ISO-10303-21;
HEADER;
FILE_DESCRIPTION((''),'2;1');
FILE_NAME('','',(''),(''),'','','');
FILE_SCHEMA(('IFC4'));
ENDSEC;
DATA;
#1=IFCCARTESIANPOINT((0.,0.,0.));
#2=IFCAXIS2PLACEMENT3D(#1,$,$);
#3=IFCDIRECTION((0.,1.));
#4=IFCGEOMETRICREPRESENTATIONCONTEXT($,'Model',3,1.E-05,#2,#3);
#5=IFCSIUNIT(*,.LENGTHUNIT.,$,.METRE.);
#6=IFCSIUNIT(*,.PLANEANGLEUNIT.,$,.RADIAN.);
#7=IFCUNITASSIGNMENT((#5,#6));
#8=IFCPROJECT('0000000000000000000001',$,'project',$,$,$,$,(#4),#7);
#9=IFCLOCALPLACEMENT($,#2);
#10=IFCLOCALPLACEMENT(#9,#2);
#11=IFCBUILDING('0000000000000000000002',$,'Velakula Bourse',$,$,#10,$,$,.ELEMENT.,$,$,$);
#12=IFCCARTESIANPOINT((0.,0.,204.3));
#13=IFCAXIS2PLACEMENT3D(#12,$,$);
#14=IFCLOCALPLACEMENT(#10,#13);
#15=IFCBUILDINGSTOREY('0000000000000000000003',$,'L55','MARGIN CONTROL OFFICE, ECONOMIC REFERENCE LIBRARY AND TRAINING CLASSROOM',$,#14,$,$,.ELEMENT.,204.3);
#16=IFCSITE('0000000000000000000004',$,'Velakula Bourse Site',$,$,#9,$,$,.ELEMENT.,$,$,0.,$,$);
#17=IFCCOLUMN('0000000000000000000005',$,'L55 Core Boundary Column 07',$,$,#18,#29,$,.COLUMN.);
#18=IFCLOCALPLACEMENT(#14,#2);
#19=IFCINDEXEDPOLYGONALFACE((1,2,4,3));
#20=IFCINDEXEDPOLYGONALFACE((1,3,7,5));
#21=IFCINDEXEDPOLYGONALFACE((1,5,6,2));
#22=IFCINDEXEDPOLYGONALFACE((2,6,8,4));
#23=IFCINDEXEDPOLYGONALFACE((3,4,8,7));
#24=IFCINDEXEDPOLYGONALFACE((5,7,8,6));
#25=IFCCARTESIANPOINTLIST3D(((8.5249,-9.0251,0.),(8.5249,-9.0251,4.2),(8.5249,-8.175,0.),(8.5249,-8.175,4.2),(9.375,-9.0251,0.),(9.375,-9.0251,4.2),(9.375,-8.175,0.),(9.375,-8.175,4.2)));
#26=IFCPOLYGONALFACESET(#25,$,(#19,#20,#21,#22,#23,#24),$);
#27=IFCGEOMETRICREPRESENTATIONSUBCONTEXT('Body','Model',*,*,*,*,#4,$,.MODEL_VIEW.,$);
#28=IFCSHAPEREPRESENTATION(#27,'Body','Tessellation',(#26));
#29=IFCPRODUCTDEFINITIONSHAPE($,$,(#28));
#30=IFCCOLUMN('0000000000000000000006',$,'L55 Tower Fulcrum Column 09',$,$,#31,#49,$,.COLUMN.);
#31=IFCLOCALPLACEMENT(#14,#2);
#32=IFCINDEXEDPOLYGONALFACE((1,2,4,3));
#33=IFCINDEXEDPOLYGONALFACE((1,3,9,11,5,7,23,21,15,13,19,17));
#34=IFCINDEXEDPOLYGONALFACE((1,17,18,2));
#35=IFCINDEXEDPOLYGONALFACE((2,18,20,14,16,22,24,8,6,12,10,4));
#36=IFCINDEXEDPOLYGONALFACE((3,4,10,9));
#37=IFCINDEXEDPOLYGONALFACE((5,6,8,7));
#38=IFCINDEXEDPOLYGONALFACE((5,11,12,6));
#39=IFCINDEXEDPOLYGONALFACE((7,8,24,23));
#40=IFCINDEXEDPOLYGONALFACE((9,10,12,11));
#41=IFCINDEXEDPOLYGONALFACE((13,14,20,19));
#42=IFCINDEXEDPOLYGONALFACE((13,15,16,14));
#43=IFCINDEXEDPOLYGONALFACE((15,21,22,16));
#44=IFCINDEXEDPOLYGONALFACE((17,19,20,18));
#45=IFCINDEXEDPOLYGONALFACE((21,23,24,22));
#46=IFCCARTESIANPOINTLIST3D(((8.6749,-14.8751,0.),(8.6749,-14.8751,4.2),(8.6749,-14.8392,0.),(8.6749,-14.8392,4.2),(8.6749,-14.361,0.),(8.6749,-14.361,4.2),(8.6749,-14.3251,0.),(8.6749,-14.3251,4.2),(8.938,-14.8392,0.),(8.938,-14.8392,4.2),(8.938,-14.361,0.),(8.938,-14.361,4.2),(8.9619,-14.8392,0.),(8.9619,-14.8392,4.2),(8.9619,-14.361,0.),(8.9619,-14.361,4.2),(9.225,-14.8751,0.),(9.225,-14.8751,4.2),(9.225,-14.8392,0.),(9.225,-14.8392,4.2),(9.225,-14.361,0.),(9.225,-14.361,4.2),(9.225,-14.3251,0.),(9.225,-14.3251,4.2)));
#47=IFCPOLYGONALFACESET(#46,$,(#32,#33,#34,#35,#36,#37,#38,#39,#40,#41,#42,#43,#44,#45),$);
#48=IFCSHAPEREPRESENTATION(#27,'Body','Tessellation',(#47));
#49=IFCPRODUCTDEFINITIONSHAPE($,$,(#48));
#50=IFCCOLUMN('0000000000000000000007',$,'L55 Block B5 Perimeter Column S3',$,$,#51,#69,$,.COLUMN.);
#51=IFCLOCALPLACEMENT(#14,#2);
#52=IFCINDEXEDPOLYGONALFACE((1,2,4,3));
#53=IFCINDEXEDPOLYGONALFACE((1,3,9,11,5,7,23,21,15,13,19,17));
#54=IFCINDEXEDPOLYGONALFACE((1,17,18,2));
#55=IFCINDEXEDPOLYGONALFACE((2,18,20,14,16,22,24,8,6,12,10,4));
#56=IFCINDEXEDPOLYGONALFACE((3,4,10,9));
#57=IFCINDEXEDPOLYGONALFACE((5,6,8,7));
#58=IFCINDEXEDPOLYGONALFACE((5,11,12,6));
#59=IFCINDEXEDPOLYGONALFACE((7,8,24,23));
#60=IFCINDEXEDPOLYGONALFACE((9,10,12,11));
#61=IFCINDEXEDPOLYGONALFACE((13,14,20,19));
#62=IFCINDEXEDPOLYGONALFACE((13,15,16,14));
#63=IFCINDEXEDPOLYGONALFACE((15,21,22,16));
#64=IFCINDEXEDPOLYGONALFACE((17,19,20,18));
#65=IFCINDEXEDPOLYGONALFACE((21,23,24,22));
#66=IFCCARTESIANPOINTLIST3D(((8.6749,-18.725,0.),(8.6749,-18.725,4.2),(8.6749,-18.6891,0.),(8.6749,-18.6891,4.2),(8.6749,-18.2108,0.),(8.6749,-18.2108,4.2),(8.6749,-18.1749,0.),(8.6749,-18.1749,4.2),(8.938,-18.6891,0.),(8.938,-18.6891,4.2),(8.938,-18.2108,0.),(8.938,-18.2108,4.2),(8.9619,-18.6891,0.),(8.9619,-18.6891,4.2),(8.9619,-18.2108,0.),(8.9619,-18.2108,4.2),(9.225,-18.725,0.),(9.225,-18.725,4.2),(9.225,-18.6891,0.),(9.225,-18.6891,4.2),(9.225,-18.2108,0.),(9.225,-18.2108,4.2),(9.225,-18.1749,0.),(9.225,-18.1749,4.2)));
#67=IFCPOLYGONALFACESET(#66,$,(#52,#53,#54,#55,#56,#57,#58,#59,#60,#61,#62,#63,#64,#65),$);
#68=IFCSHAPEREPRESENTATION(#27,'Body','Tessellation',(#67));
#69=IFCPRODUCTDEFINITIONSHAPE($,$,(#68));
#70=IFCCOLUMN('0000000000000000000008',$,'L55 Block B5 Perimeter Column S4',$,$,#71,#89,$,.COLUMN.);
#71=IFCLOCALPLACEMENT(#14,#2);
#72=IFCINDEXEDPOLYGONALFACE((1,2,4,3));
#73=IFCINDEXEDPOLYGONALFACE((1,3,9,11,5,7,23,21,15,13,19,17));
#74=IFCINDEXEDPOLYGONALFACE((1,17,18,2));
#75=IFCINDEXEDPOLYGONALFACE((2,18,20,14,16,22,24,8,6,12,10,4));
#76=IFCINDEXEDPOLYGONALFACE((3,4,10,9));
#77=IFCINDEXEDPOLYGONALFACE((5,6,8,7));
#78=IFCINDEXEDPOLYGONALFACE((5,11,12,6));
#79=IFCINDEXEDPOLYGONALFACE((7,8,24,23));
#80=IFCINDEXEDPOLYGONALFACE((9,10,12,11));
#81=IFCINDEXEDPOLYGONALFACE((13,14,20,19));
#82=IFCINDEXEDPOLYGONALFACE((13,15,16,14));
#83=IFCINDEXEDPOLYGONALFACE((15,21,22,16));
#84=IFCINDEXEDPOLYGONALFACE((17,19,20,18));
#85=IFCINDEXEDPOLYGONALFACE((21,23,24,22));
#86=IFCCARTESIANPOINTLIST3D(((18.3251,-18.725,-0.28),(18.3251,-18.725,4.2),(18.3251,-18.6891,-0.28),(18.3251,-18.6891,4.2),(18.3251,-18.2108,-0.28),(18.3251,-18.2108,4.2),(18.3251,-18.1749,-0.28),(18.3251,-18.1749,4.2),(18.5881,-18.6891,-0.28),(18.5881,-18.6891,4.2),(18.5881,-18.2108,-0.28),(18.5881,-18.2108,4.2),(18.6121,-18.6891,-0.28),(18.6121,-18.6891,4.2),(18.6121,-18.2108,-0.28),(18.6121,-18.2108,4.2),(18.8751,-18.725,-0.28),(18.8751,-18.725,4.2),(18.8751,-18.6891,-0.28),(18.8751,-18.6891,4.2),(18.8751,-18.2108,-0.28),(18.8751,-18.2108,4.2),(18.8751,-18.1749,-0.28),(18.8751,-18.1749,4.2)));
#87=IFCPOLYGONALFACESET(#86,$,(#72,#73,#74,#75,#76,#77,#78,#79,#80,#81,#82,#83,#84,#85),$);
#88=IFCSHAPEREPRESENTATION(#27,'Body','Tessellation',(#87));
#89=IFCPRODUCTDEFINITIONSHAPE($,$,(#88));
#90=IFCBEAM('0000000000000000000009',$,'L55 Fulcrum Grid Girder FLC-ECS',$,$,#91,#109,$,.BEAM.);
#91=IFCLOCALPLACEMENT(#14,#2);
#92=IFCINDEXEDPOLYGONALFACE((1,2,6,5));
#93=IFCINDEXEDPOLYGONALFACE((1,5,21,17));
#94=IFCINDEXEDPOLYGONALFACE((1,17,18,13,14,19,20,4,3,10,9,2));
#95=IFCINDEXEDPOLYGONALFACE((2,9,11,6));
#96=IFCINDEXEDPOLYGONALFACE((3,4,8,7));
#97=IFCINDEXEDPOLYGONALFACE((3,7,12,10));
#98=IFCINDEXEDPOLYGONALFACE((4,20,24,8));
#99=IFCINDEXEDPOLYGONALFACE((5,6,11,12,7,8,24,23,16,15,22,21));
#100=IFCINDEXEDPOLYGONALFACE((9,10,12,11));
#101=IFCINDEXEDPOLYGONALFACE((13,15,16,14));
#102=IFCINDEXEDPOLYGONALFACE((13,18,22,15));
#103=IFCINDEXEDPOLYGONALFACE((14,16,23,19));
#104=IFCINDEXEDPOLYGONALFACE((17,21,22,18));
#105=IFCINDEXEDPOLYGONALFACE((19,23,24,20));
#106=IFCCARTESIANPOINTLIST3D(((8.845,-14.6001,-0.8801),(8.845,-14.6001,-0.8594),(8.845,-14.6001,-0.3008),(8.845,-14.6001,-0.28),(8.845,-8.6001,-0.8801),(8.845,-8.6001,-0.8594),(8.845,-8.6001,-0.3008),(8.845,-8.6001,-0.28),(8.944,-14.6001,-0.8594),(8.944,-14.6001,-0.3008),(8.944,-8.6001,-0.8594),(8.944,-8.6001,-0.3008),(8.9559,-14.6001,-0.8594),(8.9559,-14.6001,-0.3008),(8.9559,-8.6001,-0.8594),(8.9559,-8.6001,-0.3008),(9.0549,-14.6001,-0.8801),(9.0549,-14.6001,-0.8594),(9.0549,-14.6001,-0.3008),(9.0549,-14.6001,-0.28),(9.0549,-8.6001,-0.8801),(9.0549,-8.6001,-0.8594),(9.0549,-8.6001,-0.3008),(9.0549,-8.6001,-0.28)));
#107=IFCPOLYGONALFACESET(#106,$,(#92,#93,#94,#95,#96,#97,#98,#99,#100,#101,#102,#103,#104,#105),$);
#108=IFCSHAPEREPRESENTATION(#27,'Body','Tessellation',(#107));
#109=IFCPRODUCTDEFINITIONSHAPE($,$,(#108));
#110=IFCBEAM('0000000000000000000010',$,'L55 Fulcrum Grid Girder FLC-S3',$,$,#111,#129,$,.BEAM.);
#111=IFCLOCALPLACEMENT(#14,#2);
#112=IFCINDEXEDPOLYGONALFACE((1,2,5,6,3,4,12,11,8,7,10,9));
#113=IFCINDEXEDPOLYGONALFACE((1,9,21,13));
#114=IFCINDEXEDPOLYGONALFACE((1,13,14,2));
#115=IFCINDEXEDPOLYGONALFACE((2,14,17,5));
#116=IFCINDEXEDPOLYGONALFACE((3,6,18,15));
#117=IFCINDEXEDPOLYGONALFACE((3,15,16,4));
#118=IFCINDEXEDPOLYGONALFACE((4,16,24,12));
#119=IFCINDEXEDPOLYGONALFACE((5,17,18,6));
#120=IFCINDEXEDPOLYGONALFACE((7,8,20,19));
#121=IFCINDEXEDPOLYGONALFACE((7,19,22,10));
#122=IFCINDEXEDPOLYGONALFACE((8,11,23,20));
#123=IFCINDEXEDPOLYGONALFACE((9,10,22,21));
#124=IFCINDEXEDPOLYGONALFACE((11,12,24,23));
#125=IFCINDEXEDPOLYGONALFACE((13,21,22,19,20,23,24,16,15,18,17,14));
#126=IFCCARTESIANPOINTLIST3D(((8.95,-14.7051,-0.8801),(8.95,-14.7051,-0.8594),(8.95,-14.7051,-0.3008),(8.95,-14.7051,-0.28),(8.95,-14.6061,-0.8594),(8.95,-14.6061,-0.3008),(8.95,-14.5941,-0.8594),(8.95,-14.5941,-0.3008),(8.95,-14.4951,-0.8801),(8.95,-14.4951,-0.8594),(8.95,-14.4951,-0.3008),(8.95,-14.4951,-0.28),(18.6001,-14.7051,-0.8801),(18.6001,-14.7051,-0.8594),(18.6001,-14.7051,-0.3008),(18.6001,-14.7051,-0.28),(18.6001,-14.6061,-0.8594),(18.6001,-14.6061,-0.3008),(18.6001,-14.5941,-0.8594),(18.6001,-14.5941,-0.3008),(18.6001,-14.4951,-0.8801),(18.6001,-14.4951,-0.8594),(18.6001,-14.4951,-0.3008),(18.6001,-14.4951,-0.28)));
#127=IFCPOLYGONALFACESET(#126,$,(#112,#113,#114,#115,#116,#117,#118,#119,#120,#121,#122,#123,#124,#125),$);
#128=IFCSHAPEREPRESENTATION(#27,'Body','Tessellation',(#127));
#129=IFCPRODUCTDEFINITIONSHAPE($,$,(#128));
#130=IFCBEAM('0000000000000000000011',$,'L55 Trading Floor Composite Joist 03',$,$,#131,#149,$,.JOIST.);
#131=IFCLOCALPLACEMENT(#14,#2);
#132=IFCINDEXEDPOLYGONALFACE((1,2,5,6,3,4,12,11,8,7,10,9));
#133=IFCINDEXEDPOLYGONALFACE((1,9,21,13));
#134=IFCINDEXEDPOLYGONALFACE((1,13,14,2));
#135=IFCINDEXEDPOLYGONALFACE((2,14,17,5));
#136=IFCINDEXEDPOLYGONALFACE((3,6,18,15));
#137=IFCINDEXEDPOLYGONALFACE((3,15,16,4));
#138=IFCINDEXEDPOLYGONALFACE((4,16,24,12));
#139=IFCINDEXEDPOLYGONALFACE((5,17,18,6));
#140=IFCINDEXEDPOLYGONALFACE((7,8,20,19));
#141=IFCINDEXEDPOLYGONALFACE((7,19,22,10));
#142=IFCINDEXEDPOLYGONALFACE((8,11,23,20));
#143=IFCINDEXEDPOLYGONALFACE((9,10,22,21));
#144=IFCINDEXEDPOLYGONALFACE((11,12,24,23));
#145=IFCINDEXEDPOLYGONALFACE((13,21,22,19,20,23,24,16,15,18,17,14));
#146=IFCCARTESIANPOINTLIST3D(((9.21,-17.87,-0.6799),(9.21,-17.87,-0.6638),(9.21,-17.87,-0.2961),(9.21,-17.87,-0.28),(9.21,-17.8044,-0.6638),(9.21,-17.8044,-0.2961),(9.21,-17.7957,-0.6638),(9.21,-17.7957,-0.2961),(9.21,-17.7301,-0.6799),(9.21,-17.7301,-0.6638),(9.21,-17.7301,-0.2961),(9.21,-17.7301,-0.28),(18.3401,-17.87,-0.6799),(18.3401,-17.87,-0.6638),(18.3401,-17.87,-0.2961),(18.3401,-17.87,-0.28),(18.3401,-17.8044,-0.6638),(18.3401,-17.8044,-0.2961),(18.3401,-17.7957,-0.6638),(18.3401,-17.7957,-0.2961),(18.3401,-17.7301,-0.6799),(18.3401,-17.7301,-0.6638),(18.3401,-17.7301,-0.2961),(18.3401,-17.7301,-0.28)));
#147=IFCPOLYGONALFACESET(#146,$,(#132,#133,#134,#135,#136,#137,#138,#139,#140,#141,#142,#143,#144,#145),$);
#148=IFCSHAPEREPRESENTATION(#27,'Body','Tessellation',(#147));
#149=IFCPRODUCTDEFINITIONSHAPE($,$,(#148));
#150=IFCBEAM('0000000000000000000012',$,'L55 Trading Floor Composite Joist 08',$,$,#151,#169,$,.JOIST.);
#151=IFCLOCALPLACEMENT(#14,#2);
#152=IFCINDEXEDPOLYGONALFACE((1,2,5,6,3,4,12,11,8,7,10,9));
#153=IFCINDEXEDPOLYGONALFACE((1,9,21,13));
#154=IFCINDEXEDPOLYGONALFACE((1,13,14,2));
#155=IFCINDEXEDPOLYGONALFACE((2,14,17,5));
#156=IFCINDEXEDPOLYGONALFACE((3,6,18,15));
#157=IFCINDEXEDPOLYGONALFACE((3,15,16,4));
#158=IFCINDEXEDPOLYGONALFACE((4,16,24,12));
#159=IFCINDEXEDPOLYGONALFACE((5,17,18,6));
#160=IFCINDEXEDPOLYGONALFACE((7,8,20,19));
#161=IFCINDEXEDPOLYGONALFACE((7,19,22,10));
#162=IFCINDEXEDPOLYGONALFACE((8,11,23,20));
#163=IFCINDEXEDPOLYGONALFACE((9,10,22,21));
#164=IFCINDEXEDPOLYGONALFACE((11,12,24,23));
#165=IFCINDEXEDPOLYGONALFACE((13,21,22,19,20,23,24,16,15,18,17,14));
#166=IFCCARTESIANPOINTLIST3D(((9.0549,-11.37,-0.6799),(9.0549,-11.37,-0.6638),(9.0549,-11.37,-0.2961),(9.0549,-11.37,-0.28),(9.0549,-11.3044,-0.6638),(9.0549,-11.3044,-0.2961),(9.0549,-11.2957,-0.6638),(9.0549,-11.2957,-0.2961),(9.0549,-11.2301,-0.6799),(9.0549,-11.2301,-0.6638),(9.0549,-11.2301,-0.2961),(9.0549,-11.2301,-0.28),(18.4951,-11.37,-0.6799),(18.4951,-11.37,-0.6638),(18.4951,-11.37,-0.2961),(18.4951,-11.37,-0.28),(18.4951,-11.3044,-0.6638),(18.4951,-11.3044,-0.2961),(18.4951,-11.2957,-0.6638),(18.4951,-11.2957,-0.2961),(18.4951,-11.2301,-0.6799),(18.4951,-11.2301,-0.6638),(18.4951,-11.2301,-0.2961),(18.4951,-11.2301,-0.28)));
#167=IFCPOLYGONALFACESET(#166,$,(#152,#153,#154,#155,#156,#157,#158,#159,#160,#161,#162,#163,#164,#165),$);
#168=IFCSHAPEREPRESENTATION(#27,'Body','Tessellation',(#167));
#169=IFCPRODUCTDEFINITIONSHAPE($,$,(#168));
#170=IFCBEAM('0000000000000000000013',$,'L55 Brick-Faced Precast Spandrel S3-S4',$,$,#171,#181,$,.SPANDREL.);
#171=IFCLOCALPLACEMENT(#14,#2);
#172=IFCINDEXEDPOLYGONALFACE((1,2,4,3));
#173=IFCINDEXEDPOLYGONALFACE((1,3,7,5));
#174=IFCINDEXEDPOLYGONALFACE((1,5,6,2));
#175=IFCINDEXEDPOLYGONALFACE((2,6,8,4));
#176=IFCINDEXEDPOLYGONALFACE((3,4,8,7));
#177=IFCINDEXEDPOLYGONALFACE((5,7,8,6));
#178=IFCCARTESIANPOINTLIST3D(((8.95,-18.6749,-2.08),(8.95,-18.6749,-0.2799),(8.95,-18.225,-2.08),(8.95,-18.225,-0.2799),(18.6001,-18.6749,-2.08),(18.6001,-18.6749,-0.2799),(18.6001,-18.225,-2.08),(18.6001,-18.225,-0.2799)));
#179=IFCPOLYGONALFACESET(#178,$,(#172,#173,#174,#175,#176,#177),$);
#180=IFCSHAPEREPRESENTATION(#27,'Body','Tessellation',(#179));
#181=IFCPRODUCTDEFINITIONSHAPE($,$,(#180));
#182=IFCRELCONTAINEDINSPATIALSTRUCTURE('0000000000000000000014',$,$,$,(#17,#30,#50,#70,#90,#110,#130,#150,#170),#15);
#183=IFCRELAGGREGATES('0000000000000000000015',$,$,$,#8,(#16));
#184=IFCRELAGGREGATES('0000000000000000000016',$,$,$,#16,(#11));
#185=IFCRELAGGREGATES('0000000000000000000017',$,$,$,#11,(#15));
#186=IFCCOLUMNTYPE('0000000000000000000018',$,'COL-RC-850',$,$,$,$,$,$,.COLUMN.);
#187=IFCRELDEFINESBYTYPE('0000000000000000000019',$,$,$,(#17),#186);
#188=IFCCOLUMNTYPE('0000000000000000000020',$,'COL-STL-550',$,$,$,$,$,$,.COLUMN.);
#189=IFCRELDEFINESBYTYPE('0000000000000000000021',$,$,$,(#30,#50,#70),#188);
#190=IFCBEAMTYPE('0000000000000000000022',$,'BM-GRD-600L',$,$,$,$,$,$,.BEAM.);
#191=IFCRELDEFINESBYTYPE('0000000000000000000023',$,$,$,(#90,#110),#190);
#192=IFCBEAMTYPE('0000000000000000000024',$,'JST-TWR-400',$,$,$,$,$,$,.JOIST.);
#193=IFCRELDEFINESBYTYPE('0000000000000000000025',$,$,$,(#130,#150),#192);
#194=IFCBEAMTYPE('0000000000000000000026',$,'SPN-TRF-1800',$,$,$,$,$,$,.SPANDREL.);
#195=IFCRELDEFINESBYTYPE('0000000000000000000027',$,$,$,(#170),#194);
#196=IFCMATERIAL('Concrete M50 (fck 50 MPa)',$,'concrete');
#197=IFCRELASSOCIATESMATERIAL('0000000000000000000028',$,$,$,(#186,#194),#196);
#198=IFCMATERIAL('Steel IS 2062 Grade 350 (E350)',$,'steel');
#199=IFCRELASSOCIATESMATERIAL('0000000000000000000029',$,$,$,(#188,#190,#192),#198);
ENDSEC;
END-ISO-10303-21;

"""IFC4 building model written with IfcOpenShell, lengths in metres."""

from ifc_helpers import new_model, si_unit, direction, frame, origin, origin_2d, place, context, subcontext, project, spatial, rectangle, i_section, extrude, material, material_profile, profile_set, type_object, element, save


model = new_model("IFC4")

# Units and contexts
model_context = context("Model", 3, precision=1e-05, world=origin(), true_north=direction((0.0, 1.0)))
body_context = subcontext(model_context, "Body", "Model", "MODEL_VIEW")
ifc_project = project(units=[si_unit("LENGTHUNIT", "METRE"), si_unit("PLANEANGLEUNIT", "RADIAN")], contexts=[model_context])

# Site, building, storey
site_placement = place(None, origin())
site = spatial("IfcSite", under=ifc_project, at=site_placement, Name="Velakula Bourse Site", CompositionType="ELEMENT", RefElevation=0.0)
building_placement = place(site_placement, origin())
building = spatial("IfcBuilding", under=site, at=building_placement, Name="Velakula Bourse", CompositionType="ELEMENT")
storey_placement = place(building_placement, frame((0.0, 0.0, 204.3)))
storey = spatial("IfcBuildingStorey", under=building, at=storey_placement, Name="L55", Description="MARGIN CONTROL OFFICE, ECONOMIC REFERENCE LIBRARY AND TRAINING CLASSROOM", CompositionType="ELEMENT", Elevation=204.3)

# Columns
ifc_material_1 = material(Name="Concrete M50 (fck 50 MPa)", Category="concrete")
ifc_material_profile_1 = material_profile(ifc_material_1, rectangle(XDim=0.8501, YDim=0.8501, at=origin_2d()), Name="Concrete M50 (fck 50 MPa)")
ifc_profile_set_1 = profile_set([ifc_material_profile_1], Name="Concrete M50 (fck 50 MPa)")
column_type_1 = type_object("IfcColumnType", Name="COL-RC-850", PredefinedType="COLUMN", material=ifc_profile_set_1)
column_1_placement = place(storey_placement, frame((8.95, -8.6001, 0.0), z_axis=(0.0, 0.0, 1.0), x_axis=(1.0, 0.0, 0.0)))
element("IfcColumn", 1, at=column_1_placement, inside=storey, type_object=column_type_1, Name="L55 Core Boundary Column 07", PredefinedType="COLUMN", context=body_context, shape_type="SweptSolid", body=[
    extrude(rectangle(XDim=0.8501, YDim=0.8501, at=origin_2d()), origin(), (0.0, 0.0, 1.0), 4.2),
])
ifc_material_2 = material(Name="Steel IS 2062 Grade 350 (E350)", Category="steel")
ifc_material_profile_2 = material_profile(ifc_material_2, i_section(OverallWidth=0.55, OverallDepth=0.55, WebThickness=0.0239, FlangeThickness=0.0359, at=origin_2d()), Name="Steel IS 2062 Grade 350 (E350)")
ifc_profile_set_2 = profile_set([ifc_material_profile_2], Name="Steel IS 2062 Grade 350 (E350)")
column_type_2 = type_object("IfcColumnType", Name="COL-STL-550", PredefinedType="COLUMN", material=ifc_profile_set_2)
for number, where, z_axis, x_axis, name in (
    (2, (8.95, -14.6001, 0.0), (0.0, 0.0, 1.0), (1.0, 0.0, 0.0), "L55 Tower Fulcrum Column 09"),
    (3, (8.95, -18.45, 0.0), (0.0, 0.0, 1.0), (1.0, 0.0, 0.0), "L55 Block B5 Perimeter Column S3"),
):
    element("IfcColumn", number, at=place(storey_placement, frame(where, z_axis=z_axis, x_axis=x_axis)), inside=storey, type_object=column_type_2, Name=name, PredefinedType="COLUMN", context=body_context, shape_type="SweptSolid", body=[
        extrude(i_section(OverallWidth=0.55, OverallDepth=0.55, WebThickness=0.0239, FlangeThickness=0.0359, at=origin_2d()), origin(), (0.0, 0.0, 1.0), 4.2),
    ])
column_2_placement = place(storey_placement, frame((18.6001, -18.45, -0.28), z_axis=(0.0, 0.0, 1.0), x_axis=(1.0, 0.0, 0.0)))
element("IfcColumn", 4, at=column_2_placement, inside=storey, type_object=column_type_2, Name="L55 Block B5 Perimeter Column S4", PredefinedType="COLUMN", context=body_context, shape_type="SweptSolid", body=[
    extrude(i_section(OverallWidth=0.55, OverallDepth=0.55, WebThickness=0.0239, FlangeThickness=0.0359, at=origin_2d()), origin(), (0.0, 0.0, 1.0), 4.48),
])

# Beams
ifc_material_profile_3 = material_profile(ifc_material_2, i_section(OverallWidth=0.21, OverallDepth=0.6001, WebThickness=0.012, FlangeThickness=0.0208, at=origin_2d()), Name="Steel IS 2062 Grade 350 (E350)")
ifc_profile_set_3 = profile_set([ifc_material_profile_3], Name="Steel IS 2062 Grade 350 (E350)")
beam_type_1 = type_object("IfcBeamType", Name="BM-GRD-600L", PredefinedType="BEAM", material=ifc_profile_set_3)
beam_1_placement = place(storey_placement, frame((8.95, -14.6001, -0.5801), z_axis=(0.0, 1.0, 0.0), x_axis=(-1.0, 0.0, 0.0)))
element("IfcBeam", 5, at=beam_1_placement, inside=storey, type_object=beam_type_1, Name="L55 Fulcrum Grid Girder FLC-ECS", PredefinedType="BEAM", context=body_context, shape_type="SweptSolid", body=[
    extrude(i_section(OverallWidth=0.21, OverallDepth=0.6001, WebThickness=0.012, FlangeThickness=0.0208, at=origin_2d()), origin(), (0.0, 0.0, 1.0), 6.0),
])
beam_2_placement = place(storey_placement, frame((8.95, -14.6001, -0.5801), z_axis=(1.0, 0.0, 0.0), x_axis=(0.0, 1.0, 0.0)))
element("IfcBeam", 6, at=beam_2_placement, inside=storey, type_object=beam_type_1, Name="L55 Fulcrum Grid Girder FLC-S3", PredefinedType="BEAM", context=body_context, shape_type="SweptSolid", body=[
    extrude(i_section(OverallWidth=0.21, OverallDepth=0.6001, WebThickness=0.012, FlangeThickness=0.0208, at=origin_2d()), origin(), (0.0, 0.0, 1.0), 9.6501),
])
ifc_material_profile_4 = material_profile(ifc_material_2, i_section(OverallWidth=0.1399, OverallDepth=0.3999, WebThickness=0.0088, FlangeThickness=0.0161, at=origin_2d()), Name="Steel IS 2062 Grade 350 (E350)")
ifc_profile_set_4 = profile_set([ifc_material_profile_4], Name="Steel IS 2062 Grade 350 (E350)")
beam_type_2 = type_object("IfcBeamType", Name="JST-TWR-400", PredefinedType="JOIST", material=ifc_profile_set_4)
beam_3_placement = place(storey_placement, frame((9.21, -17.8, -0.48), z_axis=(1.0, 0.0, 0.0), x_axis=(0.0, 1.0, 0.0)))
element("IfcBeam", 7, at=beam_3_placement, inside=storey, type_object=beam_type_2, Name="L55 Trading Floor Composite Joist 03", PredefinedType="JOIST", context=body_context, shape_type="SweptSolid", body=[
    extrude(i_section(OverallWidth=0.1399, OverallDepth=0.3999, WebThickness=0.0088, FlangeThickness=0.0161, at=origin_2d()), origin(), (0.0, 0.0, 1.0), 9.1301),
])
beam_4_placement = place(storey_placement, frame((9.0549, -11.3, -0.48), z_axis=(1.0, 0.0, 0.0), x_axis=(0.0, 1.0, 0.0)))
element("IfcBeam", 8, at=beam_4_placement, inside=storey, type_object=beam_type_2, Name="L55 Trading Floor Composite Joist 08", PredefinedType="JOIST", context=body_context, shape_type="SweptSolid", body=[
    extrude(i_section(OverallWidth=0.1399, OverallDepth=0.3999, WebThickness=0.0088, FlangeThickness=0.0161, at=origin_2d()), origin(), (0.0, 0.0, 1.0), 9.4402),
])
ifc_material_profile_5 = material_profile(ifc_material_1, rectangle(XDim=0.45, YDim=1.8, at=origin_2d()), Name="Concrete M50 (fck 50 MPa)")
ifc_profile_set_5 = profile_set([ifc_material_profile_5], Name="Concrete M50 (fck 50 MPa)")
beam_type_3 = type_object("IfcBeamType", Name="SPN-TRF-1800", PredefinedType="SPANDREL", material=ifc_profile_set_5)
beam_5_placement = place(storey_placement, frame((8.95, -18.45, -1.1799), z_axis=(1.0, 0.0, 0.0), x_axis=(0.0, 1.0, 0.0)))
element("IfcBeam", 9, at=beam_5_placement, inside=storey, type_object=beam_type_3, Name="L55 Brick-Faced Precast Spandrel S3-S4", PredefinedType="SPANDREL", context=body_context, shape_type="SweptSolid", body=[
    extrude(rectangle(XDim=0.45, YDim=1.8, at=origin_2d()), origin(), (0.0, 0.0, 1.0), 9.6501),
])

save(model, "model.ifc")
